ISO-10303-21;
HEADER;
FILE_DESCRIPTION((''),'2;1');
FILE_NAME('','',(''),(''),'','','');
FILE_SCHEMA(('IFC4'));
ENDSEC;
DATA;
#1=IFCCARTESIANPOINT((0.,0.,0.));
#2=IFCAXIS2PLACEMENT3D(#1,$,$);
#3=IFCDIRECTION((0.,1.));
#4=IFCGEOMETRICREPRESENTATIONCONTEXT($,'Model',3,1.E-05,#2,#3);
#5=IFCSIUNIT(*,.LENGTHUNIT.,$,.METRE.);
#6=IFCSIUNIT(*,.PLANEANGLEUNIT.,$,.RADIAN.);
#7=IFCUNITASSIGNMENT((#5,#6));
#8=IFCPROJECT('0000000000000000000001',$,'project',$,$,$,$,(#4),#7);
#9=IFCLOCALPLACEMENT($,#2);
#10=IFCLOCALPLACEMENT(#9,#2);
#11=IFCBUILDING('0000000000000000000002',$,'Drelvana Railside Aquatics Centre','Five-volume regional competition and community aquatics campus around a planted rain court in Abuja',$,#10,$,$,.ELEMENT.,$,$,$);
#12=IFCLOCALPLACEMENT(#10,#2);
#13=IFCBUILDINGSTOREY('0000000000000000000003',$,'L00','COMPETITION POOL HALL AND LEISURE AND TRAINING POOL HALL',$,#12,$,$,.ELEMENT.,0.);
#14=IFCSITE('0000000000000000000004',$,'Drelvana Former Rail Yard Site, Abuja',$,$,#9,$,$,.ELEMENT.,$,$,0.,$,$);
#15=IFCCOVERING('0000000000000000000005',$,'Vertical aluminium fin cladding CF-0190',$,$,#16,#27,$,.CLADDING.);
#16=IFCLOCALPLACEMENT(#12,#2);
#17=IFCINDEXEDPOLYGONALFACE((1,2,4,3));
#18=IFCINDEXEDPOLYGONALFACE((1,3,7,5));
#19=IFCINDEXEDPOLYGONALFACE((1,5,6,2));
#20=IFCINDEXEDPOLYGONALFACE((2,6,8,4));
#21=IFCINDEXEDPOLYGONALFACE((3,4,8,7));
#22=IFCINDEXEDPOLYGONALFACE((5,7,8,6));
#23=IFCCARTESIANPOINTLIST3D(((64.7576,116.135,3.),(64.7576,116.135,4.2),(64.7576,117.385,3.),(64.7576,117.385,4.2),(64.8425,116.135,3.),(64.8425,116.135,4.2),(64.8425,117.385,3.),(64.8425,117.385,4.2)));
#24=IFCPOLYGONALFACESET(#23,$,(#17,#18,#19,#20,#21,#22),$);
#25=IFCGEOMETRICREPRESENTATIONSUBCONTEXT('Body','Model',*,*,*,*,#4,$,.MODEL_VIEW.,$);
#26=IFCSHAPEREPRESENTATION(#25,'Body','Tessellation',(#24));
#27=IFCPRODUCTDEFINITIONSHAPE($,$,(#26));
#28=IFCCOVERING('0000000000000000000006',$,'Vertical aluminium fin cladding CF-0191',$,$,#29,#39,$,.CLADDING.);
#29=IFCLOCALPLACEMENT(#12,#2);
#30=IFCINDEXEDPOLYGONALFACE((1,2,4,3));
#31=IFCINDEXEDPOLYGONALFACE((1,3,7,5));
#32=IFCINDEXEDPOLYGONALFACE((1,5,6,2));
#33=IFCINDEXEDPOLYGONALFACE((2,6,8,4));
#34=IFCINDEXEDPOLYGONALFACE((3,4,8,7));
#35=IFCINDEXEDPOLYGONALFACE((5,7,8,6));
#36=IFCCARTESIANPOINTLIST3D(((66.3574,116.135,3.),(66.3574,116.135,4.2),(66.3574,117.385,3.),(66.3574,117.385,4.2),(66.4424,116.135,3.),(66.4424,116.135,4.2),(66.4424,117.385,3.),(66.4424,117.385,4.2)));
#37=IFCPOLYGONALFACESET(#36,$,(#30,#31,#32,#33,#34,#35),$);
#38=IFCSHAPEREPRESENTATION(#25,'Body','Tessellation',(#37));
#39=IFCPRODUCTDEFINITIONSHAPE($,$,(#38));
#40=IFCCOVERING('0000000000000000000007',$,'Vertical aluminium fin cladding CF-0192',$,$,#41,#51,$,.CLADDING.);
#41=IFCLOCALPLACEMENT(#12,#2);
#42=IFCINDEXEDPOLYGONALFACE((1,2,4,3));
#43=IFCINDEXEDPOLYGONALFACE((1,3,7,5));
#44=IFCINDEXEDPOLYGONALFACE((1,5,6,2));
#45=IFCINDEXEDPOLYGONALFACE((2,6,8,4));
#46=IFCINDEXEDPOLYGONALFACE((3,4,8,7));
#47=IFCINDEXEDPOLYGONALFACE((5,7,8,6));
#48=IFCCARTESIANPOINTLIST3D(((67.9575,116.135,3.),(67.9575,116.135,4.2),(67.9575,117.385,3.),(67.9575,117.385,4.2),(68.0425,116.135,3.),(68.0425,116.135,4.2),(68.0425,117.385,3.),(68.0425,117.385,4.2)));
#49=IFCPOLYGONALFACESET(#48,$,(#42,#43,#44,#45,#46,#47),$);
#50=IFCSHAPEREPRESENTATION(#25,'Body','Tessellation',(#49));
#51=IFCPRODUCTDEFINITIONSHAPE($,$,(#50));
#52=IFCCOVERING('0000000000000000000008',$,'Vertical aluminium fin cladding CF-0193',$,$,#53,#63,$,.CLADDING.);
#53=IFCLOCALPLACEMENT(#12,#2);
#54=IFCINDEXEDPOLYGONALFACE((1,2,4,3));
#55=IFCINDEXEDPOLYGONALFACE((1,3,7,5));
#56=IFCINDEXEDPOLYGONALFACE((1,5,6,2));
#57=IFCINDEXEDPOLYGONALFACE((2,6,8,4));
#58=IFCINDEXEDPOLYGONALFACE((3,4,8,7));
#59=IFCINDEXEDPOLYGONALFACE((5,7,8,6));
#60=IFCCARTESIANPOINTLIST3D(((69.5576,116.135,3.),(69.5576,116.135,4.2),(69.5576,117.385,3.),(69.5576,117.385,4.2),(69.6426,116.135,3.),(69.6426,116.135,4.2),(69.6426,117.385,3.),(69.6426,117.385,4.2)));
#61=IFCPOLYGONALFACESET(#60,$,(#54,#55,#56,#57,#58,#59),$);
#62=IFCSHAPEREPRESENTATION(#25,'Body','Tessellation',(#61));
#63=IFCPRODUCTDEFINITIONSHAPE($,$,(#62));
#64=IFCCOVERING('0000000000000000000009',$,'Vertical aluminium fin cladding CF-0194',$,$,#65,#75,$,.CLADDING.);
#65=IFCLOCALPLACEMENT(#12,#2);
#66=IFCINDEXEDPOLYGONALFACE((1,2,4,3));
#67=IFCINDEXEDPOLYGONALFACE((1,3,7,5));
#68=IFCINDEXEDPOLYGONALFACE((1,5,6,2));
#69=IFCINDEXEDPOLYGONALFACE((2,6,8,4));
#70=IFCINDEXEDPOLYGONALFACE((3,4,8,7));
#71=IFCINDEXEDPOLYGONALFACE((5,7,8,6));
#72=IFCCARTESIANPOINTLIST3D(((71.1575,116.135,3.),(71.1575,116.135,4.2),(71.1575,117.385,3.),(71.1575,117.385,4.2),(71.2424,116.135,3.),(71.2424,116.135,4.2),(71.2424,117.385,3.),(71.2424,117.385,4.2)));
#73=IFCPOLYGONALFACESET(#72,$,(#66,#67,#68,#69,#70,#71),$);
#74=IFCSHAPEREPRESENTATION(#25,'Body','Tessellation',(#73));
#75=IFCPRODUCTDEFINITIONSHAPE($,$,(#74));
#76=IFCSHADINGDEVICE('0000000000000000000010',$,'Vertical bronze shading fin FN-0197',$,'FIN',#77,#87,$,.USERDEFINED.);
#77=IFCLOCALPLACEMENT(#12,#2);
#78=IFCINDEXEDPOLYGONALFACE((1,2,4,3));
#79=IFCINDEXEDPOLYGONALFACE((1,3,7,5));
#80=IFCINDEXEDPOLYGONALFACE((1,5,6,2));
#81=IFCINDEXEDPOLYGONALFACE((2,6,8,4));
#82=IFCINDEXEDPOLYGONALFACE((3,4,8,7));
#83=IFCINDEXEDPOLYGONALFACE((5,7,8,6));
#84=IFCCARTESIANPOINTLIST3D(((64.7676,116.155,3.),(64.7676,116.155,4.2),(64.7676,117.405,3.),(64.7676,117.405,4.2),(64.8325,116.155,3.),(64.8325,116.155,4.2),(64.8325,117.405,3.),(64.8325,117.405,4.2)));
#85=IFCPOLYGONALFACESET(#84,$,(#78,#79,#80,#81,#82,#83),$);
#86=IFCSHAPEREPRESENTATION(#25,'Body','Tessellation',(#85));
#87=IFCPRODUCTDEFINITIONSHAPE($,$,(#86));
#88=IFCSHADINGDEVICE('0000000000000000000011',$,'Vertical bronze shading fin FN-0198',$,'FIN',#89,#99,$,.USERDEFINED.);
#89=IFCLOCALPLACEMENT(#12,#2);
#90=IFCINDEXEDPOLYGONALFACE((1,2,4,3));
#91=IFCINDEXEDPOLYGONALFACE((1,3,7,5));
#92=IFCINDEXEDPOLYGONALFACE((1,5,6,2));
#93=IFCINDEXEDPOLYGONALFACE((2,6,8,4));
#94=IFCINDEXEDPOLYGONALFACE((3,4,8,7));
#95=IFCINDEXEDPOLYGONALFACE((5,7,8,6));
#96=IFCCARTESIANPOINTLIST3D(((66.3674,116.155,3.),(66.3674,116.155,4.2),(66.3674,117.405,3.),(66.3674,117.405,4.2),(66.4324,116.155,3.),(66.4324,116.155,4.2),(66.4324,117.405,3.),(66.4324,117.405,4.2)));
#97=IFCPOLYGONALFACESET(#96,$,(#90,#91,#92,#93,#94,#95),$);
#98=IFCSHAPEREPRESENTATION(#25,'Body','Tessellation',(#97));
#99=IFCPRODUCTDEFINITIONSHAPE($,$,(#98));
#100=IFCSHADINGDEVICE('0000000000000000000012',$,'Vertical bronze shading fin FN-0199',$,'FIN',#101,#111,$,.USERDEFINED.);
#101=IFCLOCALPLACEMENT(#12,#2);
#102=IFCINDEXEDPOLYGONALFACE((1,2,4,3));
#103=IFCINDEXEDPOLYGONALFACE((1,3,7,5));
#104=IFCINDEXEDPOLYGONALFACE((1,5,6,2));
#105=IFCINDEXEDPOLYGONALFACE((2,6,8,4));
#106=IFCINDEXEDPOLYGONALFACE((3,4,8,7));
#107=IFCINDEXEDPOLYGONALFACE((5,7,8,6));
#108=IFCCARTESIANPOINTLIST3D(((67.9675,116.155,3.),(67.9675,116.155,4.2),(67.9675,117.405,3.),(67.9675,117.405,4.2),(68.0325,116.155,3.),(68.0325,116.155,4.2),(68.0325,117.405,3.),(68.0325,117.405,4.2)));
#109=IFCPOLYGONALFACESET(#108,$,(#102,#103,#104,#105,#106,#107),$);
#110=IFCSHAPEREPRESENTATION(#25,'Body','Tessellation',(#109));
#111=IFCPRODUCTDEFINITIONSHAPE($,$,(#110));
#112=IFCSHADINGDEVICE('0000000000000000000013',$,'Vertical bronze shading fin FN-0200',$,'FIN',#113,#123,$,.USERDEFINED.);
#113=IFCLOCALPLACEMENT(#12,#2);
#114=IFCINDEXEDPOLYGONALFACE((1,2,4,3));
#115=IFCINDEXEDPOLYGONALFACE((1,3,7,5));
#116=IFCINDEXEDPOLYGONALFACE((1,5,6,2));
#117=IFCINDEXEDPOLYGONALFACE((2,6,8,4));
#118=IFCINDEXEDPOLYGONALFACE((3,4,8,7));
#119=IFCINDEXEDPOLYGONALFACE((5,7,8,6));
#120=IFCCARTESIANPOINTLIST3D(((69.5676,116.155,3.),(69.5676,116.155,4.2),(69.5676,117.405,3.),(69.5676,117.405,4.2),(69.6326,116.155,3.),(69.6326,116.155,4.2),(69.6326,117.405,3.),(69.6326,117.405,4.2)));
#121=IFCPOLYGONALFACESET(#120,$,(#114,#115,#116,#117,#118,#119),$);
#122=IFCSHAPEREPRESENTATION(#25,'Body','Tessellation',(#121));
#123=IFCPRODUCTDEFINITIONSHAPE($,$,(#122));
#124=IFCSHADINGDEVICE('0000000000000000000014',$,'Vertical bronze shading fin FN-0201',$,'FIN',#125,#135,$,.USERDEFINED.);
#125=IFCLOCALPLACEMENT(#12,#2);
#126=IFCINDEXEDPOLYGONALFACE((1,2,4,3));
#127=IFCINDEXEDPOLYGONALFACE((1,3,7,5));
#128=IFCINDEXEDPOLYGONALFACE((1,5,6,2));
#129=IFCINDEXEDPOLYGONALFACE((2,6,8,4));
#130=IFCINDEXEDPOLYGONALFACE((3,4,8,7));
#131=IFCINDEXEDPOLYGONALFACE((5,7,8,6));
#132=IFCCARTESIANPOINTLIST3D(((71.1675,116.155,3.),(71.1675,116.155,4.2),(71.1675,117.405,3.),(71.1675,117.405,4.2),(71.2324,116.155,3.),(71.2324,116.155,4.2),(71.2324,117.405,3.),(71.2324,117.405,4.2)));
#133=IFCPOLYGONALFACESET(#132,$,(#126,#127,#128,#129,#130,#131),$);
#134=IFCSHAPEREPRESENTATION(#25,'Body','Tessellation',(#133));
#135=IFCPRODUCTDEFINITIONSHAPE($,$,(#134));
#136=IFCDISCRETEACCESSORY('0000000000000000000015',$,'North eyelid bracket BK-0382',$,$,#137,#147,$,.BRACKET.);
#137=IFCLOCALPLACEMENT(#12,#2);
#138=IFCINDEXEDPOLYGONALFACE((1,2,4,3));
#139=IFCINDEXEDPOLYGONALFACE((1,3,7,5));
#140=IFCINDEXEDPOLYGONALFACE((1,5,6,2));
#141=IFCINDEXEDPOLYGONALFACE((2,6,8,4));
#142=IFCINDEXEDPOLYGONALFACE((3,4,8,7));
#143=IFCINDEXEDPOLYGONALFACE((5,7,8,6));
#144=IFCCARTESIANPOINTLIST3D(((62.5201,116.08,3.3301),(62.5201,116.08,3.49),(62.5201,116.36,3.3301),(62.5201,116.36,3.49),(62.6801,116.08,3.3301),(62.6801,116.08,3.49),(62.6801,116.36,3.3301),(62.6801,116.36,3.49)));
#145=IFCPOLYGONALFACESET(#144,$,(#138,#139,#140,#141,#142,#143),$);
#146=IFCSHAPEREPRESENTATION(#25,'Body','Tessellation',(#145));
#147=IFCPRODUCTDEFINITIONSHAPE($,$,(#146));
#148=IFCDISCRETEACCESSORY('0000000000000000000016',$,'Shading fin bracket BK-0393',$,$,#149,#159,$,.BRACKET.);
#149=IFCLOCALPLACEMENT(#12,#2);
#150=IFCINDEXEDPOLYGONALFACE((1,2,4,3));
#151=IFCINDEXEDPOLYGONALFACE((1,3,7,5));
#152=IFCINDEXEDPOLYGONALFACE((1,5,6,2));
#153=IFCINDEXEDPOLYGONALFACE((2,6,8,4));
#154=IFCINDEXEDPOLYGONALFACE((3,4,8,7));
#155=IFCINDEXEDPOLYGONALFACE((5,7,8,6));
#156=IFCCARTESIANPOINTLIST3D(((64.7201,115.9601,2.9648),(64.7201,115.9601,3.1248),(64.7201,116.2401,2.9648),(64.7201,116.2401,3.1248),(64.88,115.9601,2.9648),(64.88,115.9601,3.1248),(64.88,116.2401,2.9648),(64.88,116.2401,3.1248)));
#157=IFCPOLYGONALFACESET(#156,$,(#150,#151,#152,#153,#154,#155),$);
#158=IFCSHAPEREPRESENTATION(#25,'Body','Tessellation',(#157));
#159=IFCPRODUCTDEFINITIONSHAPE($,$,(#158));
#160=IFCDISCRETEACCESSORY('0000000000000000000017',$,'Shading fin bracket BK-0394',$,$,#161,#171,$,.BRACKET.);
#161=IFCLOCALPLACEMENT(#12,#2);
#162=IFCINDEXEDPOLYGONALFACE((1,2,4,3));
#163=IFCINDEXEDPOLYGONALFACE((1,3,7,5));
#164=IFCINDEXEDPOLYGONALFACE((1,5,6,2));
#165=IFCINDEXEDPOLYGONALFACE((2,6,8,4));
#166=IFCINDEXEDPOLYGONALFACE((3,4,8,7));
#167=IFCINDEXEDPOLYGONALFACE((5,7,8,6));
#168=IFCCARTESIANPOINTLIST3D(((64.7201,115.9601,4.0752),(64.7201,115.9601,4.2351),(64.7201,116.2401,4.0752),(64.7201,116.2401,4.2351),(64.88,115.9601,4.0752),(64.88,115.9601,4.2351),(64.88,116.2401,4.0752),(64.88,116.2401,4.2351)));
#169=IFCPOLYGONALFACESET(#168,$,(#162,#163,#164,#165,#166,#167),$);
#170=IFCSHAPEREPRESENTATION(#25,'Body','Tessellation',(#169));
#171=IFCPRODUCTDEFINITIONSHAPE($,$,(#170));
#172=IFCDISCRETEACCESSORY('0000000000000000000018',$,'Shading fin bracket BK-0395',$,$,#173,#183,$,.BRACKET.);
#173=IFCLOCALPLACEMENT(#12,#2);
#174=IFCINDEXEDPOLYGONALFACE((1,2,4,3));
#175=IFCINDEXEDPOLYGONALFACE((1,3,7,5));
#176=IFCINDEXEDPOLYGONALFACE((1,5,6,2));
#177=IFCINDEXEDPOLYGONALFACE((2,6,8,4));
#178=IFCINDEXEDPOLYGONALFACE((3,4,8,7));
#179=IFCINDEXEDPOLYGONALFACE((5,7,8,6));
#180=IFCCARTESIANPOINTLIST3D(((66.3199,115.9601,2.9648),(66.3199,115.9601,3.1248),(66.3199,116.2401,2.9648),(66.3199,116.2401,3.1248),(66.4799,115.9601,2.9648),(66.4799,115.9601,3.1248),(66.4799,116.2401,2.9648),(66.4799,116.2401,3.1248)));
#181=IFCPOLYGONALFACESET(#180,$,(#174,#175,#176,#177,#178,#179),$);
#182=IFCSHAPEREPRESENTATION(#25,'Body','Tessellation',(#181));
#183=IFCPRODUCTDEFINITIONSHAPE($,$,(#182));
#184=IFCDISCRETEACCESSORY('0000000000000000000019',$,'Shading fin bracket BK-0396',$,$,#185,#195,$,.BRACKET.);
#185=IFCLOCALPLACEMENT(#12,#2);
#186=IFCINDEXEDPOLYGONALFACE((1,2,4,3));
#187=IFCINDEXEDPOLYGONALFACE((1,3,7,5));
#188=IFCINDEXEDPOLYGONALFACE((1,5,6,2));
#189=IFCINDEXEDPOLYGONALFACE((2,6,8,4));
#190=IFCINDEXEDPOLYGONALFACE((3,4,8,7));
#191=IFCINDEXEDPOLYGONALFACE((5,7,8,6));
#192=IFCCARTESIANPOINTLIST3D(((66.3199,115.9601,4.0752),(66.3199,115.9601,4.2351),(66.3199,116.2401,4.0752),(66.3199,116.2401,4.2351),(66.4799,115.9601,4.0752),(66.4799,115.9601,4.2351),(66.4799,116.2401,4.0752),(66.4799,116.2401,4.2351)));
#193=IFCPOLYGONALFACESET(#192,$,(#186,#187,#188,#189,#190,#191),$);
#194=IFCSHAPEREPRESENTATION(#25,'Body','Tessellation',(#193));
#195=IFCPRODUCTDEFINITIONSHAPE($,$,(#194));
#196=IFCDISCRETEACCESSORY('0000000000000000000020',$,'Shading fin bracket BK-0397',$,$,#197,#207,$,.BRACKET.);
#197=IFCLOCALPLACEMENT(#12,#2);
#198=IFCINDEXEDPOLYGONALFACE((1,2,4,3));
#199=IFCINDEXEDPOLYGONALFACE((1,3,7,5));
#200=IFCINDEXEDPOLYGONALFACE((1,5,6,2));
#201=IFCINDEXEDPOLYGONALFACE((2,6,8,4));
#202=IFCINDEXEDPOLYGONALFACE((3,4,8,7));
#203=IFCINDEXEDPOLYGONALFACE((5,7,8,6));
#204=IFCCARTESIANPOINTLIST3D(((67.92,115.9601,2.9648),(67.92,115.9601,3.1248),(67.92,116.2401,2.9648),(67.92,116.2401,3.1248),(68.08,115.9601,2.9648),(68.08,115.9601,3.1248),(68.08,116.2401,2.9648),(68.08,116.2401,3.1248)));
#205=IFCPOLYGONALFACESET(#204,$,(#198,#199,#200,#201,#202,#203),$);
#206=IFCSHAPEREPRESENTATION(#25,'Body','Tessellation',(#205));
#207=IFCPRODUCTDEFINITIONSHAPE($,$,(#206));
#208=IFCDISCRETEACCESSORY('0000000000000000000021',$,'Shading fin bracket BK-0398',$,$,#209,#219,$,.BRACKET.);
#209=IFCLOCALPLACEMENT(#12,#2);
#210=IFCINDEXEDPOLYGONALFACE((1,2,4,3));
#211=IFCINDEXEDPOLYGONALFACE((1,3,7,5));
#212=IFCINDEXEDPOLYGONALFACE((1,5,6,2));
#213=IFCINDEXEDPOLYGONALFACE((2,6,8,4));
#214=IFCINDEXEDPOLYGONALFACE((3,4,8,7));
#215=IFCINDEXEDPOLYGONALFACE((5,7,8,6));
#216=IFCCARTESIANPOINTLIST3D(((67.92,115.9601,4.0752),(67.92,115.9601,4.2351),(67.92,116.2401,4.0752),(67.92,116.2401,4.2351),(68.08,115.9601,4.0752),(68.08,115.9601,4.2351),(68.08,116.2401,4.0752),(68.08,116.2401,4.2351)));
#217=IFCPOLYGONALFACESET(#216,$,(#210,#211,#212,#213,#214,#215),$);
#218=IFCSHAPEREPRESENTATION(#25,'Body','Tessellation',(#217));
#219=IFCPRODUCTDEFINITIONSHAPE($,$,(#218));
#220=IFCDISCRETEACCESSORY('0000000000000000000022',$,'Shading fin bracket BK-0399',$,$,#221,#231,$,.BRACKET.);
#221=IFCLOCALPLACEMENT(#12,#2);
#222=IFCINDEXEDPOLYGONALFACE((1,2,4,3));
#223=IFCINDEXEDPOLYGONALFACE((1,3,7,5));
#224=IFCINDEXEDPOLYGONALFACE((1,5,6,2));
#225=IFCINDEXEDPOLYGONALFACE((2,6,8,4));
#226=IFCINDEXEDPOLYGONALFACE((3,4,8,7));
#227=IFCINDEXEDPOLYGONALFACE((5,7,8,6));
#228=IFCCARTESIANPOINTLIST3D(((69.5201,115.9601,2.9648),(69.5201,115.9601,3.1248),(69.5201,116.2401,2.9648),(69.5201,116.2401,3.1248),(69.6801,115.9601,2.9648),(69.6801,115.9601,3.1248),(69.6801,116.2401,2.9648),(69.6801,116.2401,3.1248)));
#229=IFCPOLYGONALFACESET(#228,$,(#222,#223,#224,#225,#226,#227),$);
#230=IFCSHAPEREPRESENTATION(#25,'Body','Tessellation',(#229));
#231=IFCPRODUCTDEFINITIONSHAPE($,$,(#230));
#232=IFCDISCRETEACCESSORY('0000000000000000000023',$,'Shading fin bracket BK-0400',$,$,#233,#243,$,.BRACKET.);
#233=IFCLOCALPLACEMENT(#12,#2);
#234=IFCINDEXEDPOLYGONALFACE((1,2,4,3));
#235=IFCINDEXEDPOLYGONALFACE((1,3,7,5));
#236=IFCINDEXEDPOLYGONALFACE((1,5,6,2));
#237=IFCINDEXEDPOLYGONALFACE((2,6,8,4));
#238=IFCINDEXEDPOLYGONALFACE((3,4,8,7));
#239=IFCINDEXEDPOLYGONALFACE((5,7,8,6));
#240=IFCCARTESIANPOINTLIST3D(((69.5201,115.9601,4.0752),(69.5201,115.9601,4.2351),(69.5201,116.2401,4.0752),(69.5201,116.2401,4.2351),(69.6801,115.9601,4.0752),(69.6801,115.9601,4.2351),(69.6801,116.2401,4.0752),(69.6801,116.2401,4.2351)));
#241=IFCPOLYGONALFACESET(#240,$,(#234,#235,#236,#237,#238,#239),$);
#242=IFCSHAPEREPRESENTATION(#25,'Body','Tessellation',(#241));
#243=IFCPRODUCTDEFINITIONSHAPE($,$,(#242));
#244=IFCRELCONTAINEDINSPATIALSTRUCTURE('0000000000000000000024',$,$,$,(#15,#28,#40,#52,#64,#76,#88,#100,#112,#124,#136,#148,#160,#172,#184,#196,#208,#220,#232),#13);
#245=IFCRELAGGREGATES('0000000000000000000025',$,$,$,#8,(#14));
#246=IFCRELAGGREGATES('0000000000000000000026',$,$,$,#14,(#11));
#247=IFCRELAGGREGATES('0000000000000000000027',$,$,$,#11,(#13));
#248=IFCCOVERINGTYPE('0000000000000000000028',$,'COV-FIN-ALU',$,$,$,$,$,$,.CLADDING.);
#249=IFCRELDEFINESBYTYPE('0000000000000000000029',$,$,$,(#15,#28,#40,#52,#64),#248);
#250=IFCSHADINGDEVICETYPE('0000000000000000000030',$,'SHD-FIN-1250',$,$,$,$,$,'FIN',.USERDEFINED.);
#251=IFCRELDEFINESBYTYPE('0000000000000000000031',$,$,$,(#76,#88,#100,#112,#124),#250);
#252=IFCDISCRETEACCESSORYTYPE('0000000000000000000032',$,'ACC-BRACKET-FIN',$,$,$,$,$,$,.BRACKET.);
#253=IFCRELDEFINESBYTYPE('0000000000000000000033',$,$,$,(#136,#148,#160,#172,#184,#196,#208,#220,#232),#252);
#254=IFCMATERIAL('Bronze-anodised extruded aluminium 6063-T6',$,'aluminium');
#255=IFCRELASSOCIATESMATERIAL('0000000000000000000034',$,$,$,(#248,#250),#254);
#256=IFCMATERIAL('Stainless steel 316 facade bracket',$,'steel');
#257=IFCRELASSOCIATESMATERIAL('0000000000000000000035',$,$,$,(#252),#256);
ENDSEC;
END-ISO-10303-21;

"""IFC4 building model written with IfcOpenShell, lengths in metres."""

from ifc_helpers import new_model, si_unit, direction, frame, origin, origin_2d, place, context, subcontext, project, spatial, rectangle, extrude, material, type_object, element, save


model = new_model("IFC4")

# Units and contexts
model_context = context("Model", 3, precision=1e-05, world=origin(), true_north=direction((0.0, 1.0)))
body_context = subcontext(model_context, "Body", "Model", "MODEL_VIEW")
ifc_project = project(units=[si_unit("LENGTHUNIT", "METRE"), si_unit("PLANEANGLEUNIT", "RADIAN")], contexts=[model_context])

# Site, building, storey
site_placement = place(None, origin())
site = spatial("IfcSite", under=ifc_project, at=site_placement, Name="Drelvana Former Rail Yard Site, Abuja", CompositionType="ELEMENT", RefElevation=0.0)
building_placement = place(site_placement, origin())
building = spatial("IfcBuilding", under=site, at=building_placement, Name="Drelvana Railside Aquatics Centre", Description="Five-volume regional competition and community aquatics campus around a planted rain court in Abuja", CompositionType="ELEMENT")
storey_placement = place(building_placement, origin())
storey = spatial("IfcBuildingStorey", under=building, at=storey_placement, Name="L00", Description="COMPETITION POOL HALL AND LEISURE AND TRAINING POOL HALL", CompositionType="ELEMENT", Elevation=0.0)

# Coverings
ifc_material_1 = material(Name="Bronze-anodised extruded aluminium 6063-T6", Category="aluminium")
covering_type = type_object("IfcCoveringType", Name="COV-FIN-ALU", PredefinedType="CLADDING", material=ifc_material_1)
for number, where, z_axis, x_axis, name in (
    (1, (64.8, 116.76, 3.0), (0.0, 0.0, 1.0), (1.0, 0.0, 0.0), "Vertical aluminium fin cladding CF-0190"),
    (2, (66.3999, 116.76, 3.0), (0.0, 0.0, 1.0), (1.0, 0.0, 0.0), "Vertical aluminium fin cladding CF-0191"),
    (3, (68.0, 116.76, 3.0), (0.0, 0.0, 1.0), (1.0, 0.0, 0.0), "Vertical aluminium fin cladding CF-0192"),
    (4, (69.6001, 116.76, 3.0), (0.0, 0.0, 1.0), (1.0, 0.0, 0.0), "Vertical aluminium fin cladding CF-0193"),
    (5, (71.2, 116.76, 3.0), (0.0, 0.0, 1.0), (1.0, 0.0, 0.0), "Vertical aluminium fin cladding CF-0194"),
):
    element("IfcCovering", number, at=place(storey_placement, frame(where, z_axis=z_axis, x_axis=x_axis)), inside=storey, type_object=covering_type, Name=name, PredefinedType="CLADDING", context=body_context, shape_type="SweptSolid", body=[
        extrude(rectangle(XDim=0.085, YDim=1.25, at=origin_2d()), origin(), (0.0, 0.0, 1.0), 1.2),
    ])

# Shading devices
shading_device_type = type_object("IfcShadingDeviceType", Name="SHD-FIN-1250", ElementType="FIN", PredefinedType="USERDEFINED", material=ifc_material_1)
for number, where, z_axis, x_axis, name in (
    (6, (64.8, 116.78, 3.0), (0.0, 0.0, 1.0), (0.0, 1.0, 0.0), "Vertical bronze shading fin FN-0197"),
    (7, (66.3999, 116.78, 3.0), (0.0, 0.0, 1.0), (0.0, 1.0, 0.0), "Vertical bronze shading fin FN-0198"),
    (8, (68.0, 116.78, 3.0), (0.0, 0.0, 1.0), (0.0, 1.0, 0.0), "Vertical bronze shading fin FN-0199"),
    (9, (69.6001, 116.78, 3.0), (0.0, 0.0, 1.0), (0.0, 1.0, 0.0), "Vertical bronze shading fin FN-0200"),
    (10, (71.2, 116.78, 3.0), (0.0, 0.0, 1.0), (0.0, 1.0, 0.0), "Vertical bronze shading fin FN-0201"),
):
    element("IfcShadingDevice", number, at=place(storey_placement, frame(where, z_axis=z_axis, x_axis=x_axis)), inside=storey, type_object=shading_device_type, Name=name, ObjectType="FIN", PredefinedType="USERDEFINED", context=body_context, shape_type="SweptSolid", body=[
        extrude(rectangle(XDim=1.25, YDim=0.0649, at=origin_2d()), origin(), (0.0, 0.0, 1.0), 1.2),
    ])

# Discrete accessories
ifc_material_2 = material(Name="Stainless steel 316 facade bracket", Category="steel")
discrete_accessory_type = type_object("IfcDiscreteAccessoryType", Name="ACC-BRACKET-FIN", PredefinedType="BRACKET", material=ifc_material_2)
discrete_accessory_placement = place(storey_placement, frame((62.6001, 116.22, 3.3301), z_axis=(0.0, 0.0, 1.0), x_axis=(1.0, 0.0, 0.0)))
element("IfcDiscreteAccessory", 11, at=discrete_accessory_placement, inside=storey, type_object=discrete_accessory_type, Name="North eyelid bracket BK-0382", PredefinedType="BRACKET", context=body_context, shape_type="SweptSolid", body=[
    extrude(rectangle(XDim=0.1599, YDim=0.28, at=origin_2d()), origin(), (0.0, 0.0, 1.0), 0.1599),
])
for number, where, z_axis, x_axis, name in (
    (12, (64.8, 116.1001, 2.9648), (0.0, 0.0, 1.0), (0.0, 1.0, 0.0), "Shading fin bracket BK-0393"),
    (13, (64.8, 116.1001, 4.0752), (0.0, 0.0, 1.0), (0.0, 1.0, 0.0), "Shading fin bracket BK-0394"),
    (14, (66.3999, 116.1001, 2.9648), (0.0, 0.0, 1.0), (0.0, 1.0, 0.0), "Shading fin bracket BK-0395"),
    (15, (66.3999, 116.1001, 4.0752), (0.0, 0.0, 1.0), (0.0, 1.0, 0.0), "Shading fin bracket BK-0396"),
    (16, (68.0, 116.1001, 2.9648), (0.0, 0.0, 1.0), (0.0, 1.0, 0.0), "Shading fin bracket BK-0397"),
    (17, (68.0, 116.1001, 4.0752), (0.0, 0.0, 1.0), (0.0, 1.0, 0.0), "Shading fin bracket BK-0398"),
    (18, (69.6001, 116.1001, 2.9648), (0.0, 0.0, 1.0), (0.0, 1.0, 0.0), "Shading fin bracket BK-0399"),
    (19, (69.6001, 116.1001, 4.0752), (0.0, 0.0, 1.0), (0.0, 1.0, 0.0), "Shading fin bracket BK-0400"),
):
    element("IfcDiscreteAccessory", number, at=place(storey_placement, frame(where, z_axis=z_axis, x_axis=x_axis)), inside=storey, type_object=discrete_accessory_type, Name=name, PredefinedType="BRACKET", context=body_context, shape_type="SweptSolid", body=[
        extrude(rectangle(XDim=0.28, YDim=0.1599, at=origin_2d()), origin(), (0.0, 0.0, 1.0), 0.1599),
    ])

save(model, "model.ifc")
